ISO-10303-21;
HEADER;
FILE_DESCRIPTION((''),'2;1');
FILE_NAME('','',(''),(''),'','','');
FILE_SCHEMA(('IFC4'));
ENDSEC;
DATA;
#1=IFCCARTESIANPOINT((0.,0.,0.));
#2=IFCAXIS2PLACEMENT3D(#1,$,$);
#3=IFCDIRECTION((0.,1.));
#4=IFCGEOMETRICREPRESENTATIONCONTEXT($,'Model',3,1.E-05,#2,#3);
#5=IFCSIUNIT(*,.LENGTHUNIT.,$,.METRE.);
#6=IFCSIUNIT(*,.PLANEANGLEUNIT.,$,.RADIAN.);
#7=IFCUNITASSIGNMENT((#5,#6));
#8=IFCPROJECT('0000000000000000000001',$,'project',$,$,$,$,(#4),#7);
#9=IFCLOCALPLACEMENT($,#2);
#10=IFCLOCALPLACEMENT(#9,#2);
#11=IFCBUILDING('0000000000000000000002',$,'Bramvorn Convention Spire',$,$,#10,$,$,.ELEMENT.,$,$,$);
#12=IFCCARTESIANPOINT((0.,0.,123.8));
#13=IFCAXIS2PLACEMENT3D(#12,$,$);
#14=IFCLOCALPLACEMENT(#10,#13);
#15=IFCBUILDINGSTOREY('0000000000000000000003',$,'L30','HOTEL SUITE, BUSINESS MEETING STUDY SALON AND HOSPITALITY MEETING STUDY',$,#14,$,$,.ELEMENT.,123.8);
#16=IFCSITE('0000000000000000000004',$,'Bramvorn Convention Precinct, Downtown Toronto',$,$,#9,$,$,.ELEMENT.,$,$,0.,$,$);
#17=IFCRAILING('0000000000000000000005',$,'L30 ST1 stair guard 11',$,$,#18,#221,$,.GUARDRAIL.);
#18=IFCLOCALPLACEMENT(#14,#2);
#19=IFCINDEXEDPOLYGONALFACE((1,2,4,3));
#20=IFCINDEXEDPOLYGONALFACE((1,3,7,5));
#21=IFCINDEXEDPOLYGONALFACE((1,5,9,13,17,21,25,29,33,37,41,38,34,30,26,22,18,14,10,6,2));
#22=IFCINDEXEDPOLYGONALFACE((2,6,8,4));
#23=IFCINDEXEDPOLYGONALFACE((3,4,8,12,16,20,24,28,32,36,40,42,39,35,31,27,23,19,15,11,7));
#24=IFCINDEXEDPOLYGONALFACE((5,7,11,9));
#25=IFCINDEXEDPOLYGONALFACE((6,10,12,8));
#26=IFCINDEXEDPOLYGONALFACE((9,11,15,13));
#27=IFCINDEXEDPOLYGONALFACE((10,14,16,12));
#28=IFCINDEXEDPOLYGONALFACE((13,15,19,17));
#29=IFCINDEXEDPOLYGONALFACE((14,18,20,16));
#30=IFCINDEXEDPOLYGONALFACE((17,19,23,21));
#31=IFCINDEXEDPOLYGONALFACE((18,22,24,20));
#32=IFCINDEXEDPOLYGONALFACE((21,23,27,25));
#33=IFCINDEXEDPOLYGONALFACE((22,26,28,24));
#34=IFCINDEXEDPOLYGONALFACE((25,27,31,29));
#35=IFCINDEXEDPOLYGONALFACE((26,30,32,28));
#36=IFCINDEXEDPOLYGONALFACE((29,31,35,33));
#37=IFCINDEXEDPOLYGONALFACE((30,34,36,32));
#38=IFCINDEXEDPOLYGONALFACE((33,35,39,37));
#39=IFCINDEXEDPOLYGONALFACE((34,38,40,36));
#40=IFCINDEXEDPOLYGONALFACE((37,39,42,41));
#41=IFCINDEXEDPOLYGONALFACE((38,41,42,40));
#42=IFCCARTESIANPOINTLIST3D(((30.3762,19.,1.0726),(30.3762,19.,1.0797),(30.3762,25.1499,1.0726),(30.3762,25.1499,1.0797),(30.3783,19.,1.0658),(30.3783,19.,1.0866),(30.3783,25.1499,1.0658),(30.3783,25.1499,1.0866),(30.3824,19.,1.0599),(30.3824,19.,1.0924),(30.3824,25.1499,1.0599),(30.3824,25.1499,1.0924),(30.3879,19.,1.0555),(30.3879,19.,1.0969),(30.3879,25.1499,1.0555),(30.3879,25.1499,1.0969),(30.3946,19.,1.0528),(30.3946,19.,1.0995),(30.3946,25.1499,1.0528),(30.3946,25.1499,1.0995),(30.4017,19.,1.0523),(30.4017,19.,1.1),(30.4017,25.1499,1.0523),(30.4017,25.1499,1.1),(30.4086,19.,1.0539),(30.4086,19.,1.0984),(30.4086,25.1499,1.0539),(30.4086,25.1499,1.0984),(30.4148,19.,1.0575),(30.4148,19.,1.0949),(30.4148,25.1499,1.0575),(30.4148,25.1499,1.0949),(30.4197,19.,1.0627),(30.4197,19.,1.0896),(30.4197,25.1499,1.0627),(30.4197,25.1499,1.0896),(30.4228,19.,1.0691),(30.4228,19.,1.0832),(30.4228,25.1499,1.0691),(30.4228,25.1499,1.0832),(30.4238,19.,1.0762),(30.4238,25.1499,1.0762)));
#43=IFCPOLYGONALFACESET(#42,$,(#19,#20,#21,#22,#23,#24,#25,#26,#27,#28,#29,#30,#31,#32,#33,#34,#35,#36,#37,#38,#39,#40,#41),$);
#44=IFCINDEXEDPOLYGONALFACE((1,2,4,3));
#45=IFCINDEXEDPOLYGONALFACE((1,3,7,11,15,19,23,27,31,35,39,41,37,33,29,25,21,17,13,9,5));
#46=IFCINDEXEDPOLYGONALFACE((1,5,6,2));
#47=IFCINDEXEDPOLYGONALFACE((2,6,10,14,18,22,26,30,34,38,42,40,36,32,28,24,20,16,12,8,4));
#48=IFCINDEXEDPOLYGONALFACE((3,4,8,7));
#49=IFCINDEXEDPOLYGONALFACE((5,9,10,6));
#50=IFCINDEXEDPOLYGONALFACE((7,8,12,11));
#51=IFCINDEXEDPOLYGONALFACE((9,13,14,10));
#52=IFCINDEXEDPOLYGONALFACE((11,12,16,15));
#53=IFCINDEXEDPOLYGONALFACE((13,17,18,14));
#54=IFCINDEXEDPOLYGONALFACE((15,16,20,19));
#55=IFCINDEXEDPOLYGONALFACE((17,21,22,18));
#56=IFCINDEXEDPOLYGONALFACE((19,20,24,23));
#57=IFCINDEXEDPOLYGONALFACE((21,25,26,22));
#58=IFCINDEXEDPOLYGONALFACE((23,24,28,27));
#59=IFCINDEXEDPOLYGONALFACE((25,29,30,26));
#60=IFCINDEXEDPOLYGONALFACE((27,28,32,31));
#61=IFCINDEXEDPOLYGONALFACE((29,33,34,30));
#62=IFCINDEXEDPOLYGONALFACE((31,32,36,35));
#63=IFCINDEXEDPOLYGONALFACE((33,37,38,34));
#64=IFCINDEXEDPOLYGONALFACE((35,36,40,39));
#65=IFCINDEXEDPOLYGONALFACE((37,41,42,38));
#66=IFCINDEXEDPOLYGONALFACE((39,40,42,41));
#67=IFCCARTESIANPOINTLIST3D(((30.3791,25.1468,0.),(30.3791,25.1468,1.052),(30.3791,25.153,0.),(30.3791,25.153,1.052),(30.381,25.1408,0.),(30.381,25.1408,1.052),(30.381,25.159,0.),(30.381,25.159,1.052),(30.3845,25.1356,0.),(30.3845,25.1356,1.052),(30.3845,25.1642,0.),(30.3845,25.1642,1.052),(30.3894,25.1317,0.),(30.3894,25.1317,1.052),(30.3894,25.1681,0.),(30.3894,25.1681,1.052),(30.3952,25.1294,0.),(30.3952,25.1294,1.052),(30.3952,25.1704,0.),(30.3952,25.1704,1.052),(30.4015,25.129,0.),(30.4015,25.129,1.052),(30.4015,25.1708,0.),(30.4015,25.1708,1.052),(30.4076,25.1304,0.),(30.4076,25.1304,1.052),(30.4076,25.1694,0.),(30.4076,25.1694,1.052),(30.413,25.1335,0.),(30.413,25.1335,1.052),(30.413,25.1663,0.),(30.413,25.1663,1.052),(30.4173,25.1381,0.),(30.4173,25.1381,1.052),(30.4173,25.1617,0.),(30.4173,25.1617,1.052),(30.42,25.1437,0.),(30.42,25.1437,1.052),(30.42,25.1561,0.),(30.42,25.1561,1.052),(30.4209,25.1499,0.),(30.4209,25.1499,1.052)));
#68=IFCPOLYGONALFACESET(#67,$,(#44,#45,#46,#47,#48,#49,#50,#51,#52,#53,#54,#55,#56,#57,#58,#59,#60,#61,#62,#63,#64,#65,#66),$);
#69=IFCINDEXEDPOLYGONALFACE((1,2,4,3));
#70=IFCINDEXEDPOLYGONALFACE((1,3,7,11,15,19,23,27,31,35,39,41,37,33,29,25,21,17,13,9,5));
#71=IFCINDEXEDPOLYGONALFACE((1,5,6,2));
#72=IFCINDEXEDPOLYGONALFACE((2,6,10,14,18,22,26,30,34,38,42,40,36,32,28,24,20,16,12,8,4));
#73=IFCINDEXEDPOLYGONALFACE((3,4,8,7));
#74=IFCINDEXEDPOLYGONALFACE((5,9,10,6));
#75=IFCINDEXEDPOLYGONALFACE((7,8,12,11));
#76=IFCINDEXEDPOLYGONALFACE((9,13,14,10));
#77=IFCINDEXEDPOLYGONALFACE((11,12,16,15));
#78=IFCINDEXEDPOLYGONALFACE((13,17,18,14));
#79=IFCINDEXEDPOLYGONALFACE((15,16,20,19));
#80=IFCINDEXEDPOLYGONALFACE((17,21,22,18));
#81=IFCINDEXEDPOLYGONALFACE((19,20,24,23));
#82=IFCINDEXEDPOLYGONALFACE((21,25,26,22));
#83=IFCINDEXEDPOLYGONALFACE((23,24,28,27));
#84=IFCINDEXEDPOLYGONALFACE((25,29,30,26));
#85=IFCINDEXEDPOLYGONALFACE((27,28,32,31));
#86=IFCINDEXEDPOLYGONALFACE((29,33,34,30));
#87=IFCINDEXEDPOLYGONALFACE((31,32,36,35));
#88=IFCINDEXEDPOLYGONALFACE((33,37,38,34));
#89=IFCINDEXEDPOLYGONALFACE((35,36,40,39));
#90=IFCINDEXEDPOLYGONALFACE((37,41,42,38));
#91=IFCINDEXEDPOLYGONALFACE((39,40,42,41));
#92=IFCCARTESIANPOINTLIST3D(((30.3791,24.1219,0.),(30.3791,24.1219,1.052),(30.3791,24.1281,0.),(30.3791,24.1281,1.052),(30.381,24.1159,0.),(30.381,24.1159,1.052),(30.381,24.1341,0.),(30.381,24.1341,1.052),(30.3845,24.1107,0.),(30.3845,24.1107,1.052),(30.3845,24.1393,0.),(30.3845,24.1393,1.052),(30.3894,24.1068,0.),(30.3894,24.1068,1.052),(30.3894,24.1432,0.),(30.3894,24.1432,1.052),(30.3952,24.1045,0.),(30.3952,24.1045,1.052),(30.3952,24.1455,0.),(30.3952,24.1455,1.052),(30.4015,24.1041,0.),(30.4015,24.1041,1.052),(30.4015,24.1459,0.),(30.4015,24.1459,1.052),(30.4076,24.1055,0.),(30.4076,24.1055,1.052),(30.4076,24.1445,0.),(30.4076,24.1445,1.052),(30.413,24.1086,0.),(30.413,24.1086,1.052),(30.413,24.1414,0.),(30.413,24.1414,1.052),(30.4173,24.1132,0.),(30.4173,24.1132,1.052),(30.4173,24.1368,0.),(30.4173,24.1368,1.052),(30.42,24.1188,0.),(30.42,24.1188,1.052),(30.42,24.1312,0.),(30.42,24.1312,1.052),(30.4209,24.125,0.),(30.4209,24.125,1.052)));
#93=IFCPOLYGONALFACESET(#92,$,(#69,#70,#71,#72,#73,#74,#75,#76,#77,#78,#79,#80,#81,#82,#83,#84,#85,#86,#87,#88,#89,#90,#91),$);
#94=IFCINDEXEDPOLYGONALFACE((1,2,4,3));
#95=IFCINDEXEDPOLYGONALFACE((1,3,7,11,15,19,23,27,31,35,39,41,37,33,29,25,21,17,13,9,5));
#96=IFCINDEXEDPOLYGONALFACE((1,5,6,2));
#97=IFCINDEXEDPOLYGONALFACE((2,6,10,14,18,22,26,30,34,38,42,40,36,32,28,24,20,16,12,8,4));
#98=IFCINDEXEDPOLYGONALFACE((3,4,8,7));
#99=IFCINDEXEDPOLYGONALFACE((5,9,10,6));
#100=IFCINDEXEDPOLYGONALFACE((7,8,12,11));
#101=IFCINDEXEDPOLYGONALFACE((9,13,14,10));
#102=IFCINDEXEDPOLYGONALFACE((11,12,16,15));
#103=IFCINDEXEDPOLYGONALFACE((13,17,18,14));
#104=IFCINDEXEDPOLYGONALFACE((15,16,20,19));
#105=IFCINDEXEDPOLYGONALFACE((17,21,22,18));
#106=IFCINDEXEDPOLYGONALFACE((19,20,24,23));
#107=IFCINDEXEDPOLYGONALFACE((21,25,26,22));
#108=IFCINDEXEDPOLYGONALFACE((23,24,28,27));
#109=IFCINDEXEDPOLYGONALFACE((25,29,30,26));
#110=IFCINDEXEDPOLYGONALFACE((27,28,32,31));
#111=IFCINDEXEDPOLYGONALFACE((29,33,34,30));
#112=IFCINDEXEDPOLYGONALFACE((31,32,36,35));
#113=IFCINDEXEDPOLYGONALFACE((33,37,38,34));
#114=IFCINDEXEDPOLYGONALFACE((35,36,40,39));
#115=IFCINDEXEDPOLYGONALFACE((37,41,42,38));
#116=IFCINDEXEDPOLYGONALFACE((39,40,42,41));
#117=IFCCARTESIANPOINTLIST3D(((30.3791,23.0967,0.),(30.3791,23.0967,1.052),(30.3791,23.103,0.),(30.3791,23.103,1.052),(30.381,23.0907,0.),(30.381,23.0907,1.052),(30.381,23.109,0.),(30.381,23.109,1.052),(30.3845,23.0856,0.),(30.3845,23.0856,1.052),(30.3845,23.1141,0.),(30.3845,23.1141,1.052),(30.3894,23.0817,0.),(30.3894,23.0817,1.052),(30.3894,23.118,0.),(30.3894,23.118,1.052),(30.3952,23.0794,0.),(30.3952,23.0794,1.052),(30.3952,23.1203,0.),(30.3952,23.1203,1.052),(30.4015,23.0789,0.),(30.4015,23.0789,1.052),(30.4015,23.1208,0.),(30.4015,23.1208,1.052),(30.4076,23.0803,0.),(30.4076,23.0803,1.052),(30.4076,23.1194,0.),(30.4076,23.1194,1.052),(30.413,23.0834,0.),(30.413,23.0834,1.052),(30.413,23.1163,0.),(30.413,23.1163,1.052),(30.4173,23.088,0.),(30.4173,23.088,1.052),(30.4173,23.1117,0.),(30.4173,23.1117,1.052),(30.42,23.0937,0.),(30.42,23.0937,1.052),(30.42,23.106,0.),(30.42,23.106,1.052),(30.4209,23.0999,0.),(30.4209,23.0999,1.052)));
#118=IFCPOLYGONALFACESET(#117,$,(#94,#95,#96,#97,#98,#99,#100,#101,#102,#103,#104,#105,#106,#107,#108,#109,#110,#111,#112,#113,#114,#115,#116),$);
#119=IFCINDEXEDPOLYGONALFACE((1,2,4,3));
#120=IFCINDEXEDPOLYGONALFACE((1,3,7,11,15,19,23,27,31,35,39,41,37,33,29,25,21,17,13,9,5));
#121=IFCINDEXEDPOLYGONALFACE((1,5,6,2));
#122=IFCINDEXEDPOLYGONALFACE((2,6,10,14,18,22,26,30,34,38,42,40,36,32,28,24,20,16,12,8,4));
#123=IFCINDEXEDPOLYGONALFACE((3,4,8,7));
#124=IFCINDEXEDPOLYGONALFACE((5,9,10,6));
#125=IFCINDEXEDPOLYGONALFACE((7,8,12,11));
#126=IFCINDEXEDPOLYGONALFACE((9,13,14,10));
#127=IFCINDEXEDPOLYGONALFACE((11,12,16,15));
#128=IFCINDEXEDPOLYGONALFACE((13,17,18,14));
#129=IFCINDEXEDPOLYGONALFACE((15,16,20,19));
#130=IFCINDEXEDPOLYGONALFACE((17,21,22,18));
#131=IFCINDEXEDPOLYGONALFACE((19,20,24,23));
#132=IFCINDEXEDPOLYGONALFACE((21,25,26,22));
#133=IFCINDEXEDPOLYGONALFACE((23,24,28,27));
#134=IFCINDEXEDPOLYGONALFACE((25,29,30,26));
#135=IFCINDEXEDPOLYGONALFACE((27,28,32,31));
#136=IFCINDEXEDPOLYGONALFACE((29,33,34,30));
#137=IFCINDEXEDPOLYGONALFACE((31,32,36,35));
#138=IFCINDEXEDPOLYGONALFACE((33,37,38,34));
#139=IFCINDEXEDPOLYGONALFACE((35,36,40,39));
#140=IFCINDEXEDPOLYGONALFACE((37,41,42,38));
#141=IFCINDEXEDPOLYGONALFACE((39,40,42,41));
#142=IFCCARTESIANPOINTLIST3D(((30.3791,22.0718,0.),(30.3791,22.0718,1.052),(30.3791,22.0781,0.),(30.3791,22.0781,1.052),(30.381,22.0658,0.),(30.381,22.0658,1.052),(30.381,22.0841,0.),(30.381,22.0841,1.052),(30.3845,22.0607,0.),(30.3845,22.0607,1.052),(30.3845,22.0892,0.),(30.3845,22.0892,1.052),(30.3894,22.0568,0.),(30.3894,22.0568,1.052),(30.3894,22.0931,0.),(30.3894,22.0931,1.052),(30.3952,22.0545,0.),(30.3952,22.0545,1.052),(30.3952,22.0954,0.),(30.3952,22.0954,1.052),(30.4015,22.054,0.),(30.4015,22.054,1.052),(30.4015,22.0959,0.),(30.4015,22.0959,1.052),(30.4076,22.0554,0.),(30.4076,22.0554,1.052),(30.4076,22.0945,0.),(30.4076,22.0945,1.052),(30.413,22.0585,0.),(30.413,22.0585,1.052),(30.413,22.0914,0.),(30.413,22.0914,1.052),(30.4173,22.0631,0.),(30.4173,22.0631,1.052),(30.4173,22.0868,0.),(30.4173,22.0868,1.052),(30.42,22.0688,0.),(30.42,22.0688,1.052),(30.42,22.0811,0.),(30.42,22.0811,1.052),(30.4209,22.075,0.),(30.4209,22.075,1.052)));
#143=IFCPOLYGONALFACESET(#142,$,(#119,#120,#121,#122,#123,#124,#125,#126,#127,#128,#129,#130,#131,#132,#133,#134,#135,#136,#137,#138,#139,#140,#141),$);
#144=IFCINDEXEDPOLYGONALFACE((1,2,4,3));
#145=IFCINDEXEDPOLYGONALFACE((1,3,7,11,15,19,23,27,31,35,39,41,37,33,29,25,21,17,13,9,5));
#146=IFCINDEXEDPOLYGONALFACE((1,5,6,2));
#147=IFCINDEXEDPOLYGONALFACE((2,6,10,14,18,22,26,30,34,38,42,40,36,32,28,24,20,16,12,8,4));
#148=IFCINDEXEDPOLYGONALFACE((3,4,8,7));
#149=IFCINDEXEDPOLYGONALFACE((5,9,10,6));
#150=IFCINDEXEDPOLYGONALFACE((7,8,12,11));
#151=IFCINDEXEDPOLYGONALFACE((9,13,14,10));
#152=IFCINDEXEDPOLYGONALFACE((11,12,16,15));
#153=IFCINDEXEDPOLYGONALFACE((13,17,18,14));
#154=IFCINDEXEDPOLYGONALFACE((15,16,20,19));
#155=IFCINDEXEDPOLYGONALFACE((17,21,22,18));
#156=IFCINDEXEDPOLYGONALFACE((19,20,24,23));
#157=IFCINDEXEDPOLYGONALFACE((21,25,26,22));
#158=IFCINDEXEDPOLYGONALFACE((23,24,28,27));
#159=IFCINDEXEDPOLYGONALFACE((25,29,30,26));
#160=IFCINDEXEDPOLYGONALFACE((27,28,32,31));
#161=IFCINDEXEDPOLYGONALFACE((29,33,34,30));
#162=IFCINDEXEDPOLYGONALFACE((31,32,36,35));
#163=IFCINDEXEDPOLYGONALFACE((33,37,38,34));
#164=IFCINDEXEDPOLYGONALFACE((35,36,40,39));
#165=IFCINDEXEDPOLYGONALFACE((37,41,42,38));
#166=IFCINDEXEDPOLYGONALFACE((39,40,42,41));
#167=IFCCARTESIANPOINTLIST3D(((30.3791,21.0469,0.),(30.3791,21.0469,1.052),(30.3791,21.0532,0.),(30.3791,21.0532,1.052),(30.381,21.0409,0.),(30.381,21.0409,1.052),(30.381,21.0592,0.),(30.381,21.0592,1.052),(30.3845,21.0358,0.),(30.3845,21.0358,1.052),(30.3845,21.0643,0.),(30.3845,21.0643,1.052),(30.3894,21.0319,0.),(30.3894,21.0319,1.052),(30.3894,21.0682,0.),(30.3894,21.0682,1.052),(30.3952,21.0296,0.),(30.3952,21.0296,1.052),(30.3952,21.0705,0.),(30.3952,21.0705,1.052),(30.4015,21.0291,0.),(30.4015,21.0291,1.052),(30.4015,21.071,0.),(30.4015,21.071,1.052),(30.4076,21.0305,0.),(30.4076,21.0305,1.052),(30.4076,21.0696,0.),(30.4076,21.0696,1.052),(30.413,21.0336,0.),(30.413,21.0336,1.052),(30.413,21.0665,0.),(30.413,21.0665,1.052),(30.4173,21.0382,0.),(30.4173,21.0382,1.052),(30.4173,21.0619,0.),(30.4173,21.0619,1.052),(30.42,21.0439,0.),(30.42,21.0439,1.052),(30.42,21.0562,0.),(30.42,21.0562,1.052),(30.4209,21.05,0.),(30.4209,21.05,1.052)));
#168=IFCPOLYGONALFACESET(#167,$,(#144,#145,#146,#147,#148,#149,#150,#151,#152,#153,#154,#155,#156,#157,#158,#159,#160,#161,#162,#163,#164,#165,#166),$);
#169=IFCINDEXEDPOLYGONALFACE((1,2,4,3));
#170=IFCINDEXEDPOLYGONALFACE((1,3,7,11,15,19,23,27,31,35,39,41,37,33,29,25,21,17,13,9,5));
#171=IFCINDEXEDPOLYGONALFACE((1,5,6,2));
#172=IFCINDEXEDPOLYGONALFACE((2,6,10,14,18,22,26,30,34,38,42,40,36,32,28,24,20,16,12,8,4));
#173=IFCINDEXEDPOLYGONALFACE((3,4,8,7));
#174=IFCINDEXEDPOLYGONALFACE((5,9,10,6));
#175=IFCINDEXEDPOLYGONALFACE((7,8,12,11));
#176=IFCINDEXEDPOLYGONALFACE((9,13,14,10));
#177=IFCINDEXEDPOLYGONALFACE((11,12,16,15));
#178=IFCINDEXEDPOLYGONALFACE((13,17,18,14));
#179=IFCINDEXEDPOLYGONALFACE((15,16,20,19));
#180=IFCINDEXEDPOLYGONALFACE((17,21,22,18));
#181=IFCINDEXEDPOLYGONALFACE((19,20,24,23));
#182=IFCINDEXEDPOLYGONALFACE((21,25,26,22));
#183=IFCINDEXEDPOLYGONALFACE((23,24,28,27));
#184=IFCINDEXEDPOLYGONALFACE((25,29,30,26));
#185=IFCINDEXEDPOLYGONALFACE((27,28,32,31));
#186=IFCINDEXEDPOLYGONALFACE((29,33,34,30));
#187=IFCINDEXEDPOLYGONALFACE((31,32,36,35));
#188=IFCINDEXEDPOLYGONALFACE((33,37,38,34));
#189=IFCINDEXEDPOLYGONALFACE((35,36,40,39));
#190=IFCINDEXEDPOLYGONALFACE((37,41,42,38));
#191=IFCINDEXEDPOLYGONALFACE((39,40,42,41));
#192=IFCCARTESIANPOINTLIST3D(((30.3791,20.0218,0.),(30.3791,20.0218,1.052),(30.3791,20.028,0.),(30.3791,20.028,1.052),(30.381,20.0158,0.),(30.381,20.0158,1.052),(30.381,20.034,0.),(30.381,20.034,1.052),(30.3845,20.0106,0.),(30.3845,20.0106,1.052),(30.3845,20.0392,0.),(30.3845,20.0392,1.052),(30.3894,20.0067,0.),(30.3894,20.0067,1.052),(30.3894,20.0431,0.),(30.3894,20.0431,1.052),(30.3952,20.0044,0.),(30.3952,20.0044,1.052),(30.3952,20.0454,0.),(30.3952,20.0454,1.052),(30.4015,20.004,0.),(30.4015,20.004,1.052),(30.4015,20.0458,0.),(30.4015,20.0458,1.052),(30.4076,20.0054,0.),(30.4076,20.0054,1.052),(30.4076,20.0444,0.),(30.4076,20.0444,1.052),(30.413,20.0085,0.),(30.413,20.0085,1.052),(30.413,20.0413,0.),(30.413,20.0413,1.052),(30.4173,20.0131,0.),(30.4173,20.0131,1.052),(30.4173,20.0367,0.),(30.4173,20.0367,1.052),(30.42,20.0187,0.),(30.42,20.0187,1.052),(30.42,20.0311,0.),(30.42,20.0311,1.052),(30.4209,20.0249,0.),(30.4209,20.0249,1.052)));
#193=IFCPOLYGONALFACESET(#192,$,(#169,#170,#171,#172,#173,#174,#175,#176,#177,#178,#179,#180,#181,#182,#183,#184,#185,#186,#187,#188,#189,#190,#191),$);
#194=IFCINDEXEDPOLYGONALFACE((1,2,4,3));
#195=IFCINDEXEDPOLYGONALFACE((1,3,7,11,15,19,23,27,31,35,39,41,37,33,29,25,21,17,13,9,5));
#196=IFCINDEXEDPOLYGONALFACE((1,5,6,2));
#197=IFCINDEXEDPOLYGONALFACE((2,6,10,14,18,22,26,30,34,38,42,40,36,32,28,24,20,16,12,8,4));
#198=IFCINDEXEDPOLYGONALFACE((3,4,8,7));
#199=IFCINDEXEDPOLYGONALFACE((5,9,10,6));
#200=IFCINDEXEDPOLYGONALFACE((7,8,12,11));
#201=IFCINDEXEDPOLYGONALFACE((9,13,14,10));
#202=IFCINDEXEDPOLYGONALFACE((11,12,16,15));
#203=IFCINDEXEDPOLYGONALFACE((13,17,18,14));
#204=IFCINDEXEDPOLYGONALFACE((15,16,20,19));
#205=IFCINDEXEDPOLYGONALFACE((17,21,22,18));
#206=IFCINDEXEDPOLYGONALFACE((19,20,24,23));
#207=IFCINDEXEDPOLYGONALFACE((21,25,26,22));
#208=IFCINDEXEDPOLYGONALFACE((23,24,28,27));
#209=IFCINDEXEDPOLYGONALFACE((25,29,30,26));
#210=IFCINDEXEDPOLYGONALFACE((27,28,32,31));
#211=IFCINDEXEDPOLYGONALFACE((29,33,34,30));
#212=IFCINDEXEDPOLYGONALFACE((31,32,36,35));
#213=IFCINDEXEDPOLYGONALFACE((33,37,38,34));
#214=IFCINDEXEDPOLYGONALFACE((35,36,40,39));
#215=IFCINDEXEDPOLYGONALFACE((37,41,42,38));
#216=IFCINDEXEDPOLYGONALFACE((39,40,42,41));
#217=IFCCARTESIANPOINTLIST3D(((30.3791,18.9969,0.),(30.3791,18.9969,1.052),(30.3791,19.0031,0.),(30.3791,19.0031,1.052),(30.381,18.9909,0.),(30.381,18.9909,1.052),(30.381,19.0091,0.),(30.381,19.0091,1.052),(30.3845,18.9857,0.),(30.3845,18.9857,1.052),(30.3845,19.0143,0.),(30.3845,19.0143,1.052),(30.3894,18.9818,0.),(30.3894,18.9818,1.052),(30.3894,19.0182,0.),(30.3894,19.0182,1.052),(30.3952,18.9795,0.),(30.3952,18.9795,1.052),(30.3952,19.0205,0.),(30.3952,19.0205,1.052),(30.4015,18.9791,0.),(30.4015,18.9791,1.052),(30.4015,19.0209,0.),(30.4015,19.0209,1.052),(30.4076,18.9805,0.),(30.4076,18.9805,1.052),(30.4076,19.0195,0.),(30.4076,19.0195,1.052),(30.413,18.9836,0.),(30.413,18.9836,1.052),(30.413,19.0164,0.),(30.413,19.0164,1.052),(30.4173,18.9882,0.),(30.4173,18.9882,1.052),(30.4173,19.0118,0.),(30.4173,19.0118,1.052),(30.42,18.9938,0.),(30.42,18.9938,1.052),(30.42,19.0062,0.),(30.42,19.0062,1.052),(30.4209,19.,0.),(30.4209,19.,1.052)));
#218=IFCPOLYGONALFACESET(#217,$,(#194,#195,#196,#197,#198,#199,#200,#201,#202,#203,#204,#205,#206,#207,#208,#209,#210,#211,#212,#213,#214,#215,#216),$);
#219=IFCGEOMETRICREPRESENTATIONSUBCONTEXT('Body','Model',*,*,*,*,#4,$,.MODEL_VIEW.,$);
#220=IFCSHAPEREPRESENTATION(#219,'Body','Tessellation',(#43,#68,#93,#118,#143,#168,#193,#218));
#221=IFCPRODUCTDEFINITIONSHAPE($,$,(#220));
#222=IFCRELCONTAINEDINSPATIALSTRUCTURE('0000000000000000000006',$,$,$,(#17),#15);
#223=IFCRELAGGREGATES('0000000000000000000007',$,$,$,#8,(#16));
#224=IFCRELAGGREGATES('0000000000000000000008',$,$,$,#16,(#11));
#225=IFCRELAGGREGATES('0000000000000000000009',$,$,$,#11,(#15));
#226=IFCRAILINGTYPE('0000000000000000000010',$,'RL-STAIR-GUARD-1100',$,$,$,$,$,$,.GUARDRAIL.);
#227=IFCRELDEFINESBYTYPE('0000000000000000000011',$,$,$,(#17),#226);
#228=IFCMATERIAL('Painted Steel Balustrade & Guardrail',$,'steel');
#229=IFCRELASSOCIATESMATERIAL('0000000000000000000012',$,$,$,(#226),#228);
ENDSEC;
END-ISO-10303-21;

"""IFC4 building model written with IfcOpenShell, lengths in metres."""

from ifc_helpers import new_model, si_unit, direction, frame, origin, origin_2d, place, context, subcontext, project, spatial, circle, extrude, material, type_object, element, save


model = new_model("IFC4")

# Units and contexts
model_context = context("Model", 3, precision=1e-05, world=origin(), true_north=direction((0.0, 1.0)))
body_context = subcontext(model_context, "Body", "Model", "MODEL_VIEW")
ifc_project = project(units=[si_unit("LENGTHUNIT", "METRE"), si_unit("PLANEANGLEUNIT", "RADIAN")], contexts=[model_context])

# Site, building, storey
site_placement = place(None, origin())
site = spatial("IfcSite", under=ifc_project, at=site_placement, Name="Bramvorn Convention Precinct, Downtown Toronto", CompositionType="ELEMENT", RefElevation=0.0)
building_placement = place(site_placement, origin())
building = spatial("IfcBuilding", under=site, at=building_placement, Name="Bramvorn Convention Spire", CompositionType="ELEMENT")
storey_placement = place(building_placement, frame((0.0, 0.0, 123.8)))
storey = spatial("IfcBuildingStorey", under=building, at=storey_placement, Name="L30", Description="HOTEL SUITE, BUSINESS MEETING STUDY SALON AND HOSPITALITY MEETING STUDY", CompositionType="ELEMENT", Elevation=123.8)

# Railing
ifc_material_1 = material(Name="Painted Steel Balustrade & Guardrail", Category="steel")
railing_type_1 = type_object("IfcRailingType", Name="RL-STAIR-GUARD-1100", PredefinedType="GUARDRAIL", material=ifc_material_1)
railing_1_placement = place(storey_placement, frame((30.3999, 25.1499, 0.0)))
element("IfcRailing", 1, at=railing_1_placement, inside=storey, type_object=railing_type_1, Name="L30 ST1 stair guard 11", PredefinedType="GUARDRAIL", context=body_context, shape_type="SweptSolid", body=[
    extrude(circle(Radius=0.0239, at=origin_2d()), frame((0.0, 0.0, 1.0762), z_axis=(0.0, -1.0, 0.0), x_axis=(1.0, 0.0, 0.0)), (0.0, 0.0, 1.0), 6.1499),
    extrude(circle(Radius=0.021, at=origin_2d()), origin(), (0.0, 0.0, 1.0), 1.052),
    extrude(circle(Radius=0.021, at=origin_2d()), frame((0.0, -1.0249, 0.0)), (0.0, 0.0, 1.0), 1.052),
    extrude(circle(Radius=0.021, at=origin_2d()), frame((0.0, -2.05, 0.0)), (0.0, 0.0, 1.0), 1.052),
    extrude(circle(Radius=0.021, at=origin_2d()), frame((0.0, -3.075, 0.0)), (0.0, 0.0, 1.0), 1.052),
    extrude(circle(Radius=0.021, at=origin_2d()), frame((0.0, -4.0999, 0.0)), (0.0, 0.0, 1.0), 1.052),
    extrude(circle(Radius=0.021, at=origin_2d()), frame((0.0, -5.125, 0.0)), (0.0, 0.0, 1.0), 1.052),
    extrude(circle(Radius=0.021, at=origin_2d()), frame((0.0, -6.1499, 0.0)), (0.0, 0.0, 1.0), 1.052),
])

save(model, "model.ifc")
